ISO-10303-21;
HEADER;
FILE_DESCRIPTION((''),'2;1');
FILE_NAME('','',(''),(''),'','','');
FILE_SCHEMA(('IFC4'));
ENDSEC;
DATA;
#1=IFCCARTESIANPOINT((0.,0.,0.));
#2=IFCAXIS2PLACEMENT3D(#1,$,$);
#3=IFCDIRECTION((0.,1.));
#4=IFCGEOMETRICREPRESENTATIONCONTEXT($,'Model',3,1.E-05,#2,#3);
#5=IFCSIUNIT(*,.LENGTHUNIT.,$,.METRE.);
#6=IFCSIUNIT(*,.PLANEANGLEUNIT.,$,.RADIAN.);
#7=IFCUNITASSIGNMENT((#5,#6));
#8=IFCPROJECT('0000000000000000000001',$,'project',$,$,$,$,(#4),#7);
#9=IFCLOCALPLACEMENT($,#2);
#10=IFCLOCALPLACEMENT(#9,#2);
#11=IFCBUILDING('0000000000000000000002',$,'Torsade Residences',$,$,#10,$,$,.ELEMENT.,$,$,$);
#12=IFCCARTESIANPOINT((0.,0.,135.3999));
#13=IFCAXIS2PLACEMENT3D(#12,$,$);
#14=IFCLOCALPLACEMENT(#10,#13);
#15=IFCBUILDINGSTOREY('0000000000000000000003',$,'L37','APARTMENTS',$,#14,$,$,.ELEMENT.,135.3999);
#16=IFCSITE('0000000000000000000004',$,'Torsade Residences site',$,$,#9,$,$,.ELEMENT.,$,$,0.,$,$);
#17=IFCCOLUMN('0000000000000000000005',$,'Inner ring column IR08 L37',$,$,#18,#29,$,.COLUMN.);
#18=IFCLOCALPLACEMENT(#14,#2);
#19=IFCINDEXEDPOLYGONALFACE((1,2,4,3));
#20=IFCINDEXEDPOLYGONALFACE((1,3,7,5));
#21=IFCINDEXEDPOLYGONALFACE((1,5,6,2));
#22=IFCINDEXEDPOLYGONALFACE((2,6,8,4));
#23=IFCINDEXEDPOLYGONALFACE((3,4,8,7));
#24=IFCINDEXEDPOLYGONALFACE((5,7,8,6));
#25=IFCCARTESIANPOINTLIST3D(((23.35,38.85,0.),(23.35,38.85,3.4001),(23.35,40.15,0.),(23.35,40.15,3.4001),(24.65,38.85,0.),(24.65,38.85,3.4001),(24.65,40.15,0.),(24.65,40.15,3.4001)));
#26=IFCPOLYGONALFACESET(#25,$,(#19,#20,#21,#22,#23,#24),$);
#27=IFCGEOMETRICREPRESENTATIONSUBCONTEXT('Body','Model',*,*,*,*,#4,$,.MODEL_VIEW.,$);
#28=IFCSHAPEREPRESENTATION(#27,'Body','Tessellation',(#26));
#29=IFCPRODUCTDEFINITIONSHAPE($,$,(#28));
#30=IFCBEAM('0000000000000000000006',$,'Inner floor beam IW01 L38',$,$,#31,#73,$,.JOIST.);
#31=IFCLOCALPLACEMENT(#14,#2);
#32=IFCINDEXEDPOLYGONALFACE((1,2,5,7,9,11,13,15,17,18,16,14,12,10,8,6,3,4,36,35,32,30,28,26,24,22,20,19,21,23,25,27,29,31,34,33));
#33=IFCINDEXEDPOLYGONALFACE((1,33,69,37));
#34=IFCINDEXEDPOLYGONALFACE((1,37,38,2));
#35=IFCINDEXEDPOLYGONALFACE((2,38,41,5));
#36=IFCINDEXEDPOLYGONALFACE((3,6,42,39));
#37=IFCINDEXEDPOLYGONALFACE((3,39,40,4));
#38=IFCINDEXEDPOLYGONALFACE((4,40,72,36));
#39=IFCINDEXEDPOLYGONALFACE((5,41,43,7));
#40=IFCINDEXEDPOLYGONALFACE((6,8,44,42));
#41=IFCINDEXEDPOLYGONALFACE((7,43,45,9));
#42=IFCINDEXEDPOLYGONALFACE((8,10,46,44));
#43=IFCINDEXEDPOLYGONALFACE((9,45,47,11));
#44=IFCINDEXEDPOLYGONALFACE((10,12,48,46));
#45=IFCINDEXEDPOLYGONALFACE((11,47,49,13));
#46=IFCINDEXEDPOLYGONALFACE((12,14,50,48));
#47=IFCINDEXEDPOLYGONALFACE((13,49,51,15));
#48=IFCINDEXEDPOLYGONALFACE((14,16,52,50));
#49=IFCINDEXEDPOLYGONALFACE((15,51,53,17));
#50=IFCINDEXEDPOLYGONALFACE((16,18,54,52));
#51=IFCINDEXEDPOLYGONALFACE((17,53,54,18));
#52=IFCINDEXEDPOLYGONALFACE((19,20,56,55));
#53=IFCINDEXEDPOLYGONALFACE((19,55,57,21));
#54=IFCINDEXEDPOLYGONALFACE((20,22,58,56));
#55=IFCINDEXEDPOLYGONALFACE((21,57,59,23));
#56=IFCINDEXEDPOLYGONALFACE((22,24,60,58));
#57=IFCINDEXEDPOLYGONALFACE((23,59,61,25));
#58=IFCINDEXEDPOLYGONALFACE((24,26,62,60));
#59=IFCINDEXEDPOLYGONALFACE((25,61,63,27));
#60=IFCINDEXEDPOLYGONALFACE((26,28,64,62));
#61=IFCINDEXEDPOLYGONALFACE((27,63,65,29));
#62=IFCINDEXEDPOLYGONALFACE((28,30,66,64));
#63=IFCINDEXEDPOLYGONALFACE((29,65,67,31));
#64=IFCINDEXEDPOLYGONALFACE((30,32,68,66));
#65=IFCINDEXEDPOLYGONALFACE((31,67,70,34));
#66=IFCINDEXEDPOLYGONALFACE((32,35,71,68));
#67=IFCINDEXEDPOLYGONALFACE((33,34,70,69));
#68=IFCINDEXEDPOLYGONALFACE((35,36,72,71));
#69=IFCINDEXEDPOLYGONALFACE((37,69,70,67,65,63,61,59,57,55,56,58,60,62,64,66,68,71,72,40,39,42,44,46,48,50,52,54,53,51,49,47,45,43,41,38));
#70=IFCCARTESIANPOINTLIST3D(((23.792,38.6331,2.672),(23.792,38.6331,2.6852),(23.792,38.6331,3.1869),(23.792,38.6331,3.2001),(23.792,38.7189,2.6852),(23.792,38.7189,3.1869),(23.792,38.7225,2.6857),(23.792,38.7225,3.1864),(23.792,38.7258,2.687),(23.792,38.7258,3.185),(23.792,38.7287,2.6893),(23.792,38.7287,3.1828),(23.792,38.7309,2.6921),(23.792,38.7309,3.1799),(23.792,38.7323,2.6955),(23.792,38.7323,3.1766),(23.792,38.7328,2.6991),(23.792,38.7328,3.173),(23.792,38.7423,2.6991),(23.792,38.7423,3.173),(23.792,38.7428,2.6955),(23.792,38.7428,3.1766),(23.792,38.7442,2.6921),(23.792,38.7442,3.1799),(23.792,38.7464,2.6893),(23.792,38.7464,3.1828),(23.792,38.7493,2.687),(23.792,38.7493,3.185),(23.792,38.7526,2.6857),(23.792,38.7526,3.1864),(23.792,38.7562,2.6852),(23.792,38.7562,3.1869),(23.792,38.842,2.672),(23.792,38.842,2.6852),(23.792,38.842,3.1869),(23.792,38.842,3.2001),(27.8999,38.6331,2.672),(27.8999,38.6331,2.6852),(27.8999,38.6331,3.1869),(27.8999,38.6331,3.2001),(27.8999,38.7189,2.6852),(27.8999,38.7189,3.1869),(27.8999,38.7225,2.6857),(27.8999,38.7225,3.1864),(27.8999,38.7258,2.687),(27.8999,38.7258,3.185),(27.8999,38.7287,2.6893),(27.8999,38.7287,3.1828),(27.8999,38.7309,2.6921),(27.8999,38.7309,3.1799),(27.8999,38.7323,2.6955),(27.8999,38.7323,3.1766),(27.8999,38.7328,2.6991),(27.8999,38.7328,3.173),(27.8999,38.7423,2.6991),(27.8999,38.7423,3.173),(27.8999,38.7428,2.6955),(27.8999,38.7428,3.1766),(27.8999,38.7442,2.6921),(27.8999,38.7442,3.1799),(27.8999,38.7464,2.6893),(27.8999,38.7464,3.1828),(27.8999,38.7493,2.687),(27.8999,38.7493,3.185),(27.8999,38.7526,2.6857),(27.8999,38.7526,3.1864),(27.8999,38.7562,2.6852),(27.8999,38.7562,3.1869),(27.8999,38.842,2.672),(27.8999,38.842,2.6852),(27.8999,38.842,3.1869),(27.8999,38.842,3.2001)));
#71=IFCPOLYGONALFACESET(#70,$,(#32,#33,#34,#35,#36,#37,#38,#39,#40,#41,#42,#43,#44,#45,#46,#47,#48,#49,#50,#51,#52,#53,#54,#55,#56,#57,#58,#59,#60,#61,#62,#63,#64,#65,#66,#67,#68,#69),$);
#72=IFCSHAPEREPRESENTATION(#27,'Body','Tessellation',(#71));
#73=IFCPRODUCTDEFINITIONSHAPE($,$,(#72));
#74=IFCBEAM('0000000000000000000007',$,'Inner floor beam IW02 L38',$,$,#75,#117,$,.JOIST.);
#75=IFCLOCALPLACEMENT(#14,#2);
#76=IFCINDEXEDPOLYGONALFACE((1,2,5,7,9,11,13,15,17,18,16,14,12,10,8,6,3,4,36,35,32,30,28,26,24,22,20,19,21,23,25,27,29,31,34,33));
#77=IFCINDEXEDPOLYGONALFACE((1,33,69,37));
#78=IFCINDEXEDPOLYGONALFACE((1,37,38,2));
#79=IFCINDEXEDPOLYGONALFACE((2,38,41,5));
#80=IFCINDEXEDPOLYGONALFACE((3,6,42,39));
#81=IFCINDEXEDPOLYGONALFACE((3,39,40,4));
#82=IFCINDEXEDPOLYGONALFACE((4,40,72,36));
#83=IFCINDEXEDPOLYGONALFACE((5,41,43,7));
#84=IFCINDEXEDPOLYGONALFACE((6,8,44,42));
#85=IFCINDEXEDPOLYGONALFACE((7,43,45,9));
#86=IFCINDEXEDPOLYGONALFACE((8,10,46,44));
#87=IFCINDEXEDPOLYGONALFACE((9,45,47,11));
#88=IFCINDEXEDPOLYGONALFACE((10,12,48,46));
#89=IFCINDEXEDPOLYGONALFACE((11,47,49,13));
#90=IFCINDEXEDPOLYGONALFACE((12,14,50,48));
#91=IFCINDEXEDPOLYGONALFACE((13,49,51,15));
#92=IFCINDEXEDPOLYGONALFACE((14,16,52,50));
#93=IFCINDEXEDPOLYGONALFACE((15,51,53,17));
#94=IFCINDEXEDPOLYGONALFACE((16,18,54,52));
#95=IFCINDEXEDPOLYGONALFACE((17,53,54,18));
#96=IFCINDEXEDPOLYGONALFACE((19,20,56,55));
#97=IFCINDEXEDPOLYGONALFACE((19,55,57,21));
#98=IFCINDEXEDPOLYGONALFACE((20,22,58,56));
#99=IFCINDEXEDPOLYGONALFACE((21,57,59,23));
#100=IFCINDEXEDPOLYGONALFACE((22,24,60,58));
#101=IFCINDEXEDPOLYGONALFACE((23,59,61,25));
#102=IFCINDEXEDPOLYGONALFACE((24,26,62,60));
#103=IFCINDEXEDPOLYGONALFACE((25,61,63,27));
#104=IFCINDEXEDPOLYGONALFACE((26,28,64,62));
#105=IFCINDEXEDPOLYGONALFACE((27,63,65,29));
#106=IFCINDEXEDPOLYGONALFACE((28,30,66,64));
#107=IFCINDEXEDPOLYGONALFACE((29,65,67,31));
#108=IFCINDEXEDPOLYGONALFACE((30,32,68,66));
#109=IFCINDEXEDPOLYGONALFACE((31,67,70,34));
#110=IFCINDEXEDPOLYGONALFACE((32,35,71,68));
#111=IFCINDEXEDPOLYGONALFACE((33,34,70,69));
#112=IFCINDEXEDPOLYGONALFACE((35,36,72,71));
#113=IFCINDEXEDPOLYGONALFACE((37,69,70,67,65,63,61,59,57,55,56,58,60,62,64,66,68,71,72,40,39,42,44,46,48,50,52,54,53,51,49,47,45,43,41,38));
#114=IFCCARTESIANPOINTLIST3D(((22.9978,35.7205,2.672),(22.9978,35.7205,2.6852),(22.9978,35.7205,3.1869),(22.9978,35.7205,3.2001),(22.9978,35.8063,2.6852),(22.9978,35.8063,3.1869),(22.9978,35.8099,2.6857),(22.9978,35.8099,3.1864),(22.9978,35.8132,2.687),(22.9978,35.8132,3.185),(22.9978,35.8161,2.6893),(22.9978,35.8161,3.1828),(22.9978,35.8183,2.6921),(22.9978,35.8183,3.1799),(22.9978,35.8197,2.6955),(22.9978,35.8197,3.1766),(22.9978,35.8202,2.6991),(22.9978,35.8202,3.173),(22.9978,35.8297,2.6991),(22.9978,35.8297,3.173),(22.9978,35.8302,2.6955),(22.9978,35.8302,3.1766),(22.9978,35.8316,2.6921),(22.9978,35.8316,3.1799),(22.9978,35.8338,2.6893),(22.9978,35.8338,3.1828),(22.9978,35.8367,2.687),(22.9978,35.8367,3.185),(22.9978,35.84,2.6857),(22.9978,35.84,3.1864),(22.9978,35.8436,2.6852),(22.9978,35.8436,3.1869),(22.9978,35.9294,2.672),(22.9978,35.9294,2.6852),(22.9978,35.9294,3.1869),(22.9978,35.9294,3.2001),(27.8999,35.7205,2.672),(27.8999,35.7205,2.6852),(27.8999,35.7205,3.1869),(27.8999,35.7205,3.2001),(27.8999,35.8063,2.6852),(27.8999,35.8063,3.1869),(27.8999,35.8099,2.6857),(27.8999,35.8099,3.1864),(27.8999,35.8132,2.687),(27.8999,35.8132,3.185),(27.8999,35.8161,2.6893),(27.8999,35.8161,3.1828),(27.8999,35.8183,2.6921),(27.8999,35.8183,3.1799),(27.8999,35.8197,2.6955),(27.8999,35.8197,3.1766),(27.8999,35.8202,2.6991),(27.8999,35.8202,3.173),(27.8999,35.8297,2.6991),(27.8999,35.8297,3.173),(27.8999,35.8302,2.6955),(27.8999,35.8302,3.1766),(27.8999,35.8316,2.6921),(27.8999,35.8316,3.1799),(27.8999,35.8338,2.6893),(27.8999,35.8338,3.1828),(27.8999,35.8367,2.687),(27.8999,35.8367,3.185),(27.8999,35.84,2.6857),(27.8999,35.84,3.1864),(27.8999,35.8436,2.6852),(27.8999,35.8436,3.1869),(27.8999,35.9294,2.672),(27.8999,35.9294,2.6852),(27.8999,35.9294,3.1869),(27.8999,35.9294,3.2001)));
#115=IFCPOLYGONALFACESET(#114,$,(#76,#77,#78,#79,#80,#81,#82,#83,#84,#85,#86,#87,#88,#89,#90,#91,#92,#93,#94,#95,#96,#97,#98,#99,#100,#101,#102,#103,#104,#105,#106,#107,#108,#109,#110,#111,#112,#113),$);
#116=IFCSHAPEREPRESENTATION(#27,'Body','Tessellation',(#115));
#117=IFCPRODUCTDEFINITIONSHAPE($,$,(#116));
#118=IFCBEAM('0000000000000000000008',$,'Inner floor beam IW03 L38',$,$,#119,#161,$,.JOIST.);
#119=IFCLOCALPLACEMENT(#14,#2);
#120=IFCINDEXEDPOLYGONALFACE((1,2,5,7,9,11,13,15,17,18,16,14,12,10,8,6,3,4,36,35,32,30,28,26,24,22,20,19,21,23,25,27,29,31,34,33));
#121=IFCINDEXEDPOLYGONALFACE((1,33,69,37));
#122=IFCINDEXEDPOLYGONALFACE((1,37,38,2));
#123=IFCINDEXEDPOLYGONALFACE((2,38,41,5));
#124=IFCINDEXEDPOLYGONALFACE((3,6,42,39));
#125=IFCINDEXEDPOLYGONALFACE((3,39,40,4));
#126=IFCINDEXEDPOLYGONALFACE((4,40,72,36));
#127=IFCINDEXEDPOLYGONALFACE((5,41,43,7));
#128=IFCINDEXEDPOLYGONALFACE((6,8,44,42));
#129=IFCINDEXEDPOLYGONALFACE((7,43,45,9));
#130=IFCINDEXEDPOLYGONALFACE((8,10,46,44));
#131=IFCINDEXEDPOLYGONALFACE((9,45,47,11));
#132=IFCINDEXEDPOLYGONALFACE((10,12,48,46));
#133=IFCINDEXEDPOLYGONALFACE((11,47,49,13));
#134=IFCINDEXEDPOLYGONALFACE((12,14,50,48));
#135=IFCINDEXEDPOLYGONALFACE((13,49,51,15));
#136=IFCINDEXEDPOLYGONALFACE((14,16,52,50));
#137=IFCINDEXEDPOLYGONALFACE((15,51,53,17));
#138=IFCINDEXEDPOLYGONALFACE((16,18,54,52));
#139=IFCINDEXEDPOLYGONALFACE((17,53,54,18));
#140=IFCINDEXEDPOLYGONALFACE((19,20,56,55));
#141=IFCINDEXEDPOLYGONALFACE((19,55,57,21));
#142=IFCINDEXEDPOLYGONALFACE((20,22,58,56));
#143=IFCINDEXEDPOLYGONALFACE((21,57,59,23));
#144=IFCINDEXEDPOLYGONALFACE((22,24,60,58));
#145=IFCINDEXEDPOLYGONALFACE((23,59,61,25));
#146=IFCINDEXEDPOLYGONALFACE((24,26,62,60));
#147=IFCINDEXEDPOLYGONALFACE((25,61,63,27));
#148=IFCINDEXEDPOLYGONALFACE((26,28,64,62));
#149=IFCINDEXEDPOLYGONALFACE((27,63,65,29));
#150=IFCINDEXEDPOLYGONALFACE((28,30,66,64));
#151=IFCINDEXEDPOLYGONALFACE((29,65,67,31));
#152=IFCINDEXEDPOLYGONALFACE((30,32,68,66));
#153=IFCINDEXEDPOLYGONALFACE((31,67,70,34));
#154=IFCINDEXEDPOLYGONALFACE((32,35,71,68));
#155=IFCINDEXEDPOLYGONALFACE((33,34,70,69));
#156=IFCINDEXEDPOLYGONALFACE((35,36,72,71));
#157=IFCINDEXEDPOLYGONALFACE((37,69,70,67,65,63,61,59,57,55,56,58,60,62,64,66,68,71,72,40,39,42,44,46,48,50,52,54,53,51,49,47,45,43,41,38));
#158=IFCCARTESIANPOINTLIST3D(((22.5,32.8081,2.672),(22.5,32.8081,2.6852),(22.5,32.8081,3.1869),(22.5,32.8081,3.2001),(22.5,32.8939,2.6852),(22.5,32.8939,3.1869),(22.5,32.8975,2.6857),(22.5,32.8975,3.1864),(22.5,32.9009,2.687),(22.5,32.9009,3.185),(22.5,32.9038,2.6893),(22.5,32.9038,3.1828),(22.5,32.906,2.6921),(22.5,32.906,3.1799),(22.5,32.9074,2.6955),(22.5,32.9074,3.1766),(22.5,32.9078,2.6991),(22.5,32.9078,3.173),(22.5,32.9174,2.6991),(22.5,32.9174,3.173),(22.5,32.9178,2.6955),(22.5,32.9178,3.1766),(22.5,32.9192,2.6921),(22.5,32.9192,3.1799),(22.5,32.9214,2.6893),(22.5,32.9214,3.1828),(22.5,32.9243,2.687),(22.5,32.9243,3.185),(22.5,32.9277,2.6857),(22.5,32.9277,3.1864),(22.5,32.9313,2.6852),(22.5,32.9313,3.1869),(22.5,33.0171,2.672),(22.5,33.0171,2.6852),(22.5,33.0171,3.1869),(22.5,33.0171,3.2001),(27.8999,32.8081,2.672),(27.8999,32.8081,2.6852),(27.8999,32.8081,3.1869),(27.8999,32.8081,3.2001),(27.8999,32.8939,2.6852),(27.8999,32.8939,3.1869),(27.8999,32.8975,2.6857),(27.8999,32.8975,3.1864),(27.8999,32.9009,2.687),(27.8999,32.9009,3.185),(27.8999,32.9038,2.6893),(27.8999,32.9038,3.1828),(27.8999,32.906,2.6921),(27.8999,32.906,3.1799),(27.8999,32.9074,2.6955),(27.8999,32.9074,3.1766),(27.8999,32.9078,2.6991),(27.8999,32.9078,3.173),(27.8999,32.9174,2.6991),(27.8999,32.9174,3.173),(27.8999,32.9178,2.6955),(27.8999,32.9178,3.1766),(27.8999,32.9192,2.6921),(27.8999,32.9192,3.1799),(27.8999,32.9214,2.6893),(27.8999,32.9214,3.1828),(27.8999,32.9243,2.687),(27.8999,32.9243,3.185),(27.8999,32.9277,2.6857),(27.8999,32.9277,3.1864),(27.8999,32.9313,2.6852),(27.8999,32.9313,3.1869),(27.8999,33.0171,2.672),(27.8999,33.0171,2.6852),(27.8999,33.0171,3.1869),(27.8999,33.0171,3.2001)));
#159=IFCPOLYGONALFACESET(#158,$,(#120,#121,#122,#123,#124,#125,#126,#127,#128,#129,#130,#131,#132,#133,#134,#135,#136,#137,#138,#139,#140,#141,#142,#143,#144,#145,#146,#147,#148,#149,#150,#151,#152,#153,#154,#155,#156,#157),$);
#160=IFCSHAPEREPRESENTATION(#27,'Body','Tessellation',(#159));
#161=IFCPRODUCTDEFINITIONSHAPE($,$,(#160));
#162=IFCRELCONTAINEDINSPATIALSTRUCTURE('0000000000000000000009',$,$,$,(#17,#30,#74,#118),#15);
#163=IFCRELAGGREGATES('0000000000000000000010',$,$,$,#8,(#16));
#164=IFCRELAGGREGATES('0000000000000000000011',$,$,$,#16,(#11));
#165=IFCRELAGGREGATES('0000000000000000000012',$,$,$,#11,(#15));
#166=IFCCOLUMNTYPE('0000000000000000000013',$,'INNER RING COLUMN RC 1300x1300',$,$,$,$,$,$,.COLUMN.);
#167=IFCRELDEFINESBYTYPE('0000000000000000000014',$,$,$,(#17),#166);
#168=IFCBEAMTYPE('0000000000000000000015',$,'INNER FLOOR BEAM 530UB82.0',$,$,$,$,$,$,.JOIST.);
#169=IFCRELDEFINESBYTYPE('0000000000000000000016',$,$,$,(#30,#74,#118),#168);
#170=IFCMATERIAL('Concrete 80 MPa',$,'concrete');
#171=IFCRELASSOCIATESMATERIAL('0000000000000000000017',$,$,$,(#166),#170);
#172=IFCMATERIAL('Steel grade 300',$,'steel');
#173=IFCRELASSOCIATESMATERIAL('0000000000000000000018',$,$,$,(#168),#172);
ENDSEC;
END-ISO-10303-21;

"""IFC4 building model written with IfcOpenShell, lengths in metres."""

from ifc_helpers import new_model, si_unit, direction, frame, origin, origin_2d, place, context, subcontext, project, spatial, rectangle, i_section, extrude, material, material_profile, profile_set, type_object, element, save


model = new_model("IFC4")

# Units and contexts
model_context = context("Model", 3, precision=1e-05, world=origin(), true_north=direction((0.0, 1.0)))
body_context = subcontext(model_context, "Body", "Model", "MODEL_VIEW")
ifc_project = project(units=[si_unit("LENGTHUNIT", "METRE"), si_unit("PLANEANGLEUNIT", "RADIAN")], contexts=[model_context])

# Site, building, storey
site_placement = place(None, origin())
site = spatial("IfcSite", under=ifc_project, at=site_placement, Name="Torsade Residences site", CompositionType="ELEMENT", RefElevation=0.0)
building_placement = place(site_placement, origin())
building = spatial("IfcBuilding", under=site, at=building_placement, Name="Torsade Residences", CompositionType="ELEMENT")
storey_placement = place(building_placement, frame((0.0, 0.0, 135.3999)))
storey = spatial("IfcBuildingStorey", under=building, at=storey_placement, Name="L37", Description="APARTMENTS", CompositionType="ELEMENT", Elevation=135.3999)

# Column
ifc_material_1 = material(Name="Concrete 80 MPa", Category="concrete")
ifc_material_profile_1 = material_profile(ifc_material_1, rectangle(XDim=1.3, YDim=1.3, at=origin_2d()), Name="RC 1300x1300")
ifc_profile_set_1 = profile_set([ifc_material_profile_1], Name="Concrete 80 MPa")
column_type = type_object("IfcColumnType", Name="INNER RING COLUMN RC 1300x1300", PredefinedType="COLUMN", material=ifc_profile_set_1)
column_placement = place(storey_placement, frame((24.0, 39.5, 0.0), z_axis=(0.0, 0.0, 1.0), x_axis=(1.0, 0.0, 0.0)))
element("IfcColumn", 1, at=column_placement, inside=storey, type_object=column_type, Name="Inner ring column IR08 L37", PredefinedType="COLUMN", context=body_context, shape_type="SweptSolid", body=[
    extrude(rectangle(XDim=1.3, YDim=1.3, at=origin_2d()), origin(), (0.0, 0.0, 1.0), 3.4001),
])

# Beams
ifc_material_2 = material(Name="Steel grade 300", Category="steel")
ifc_material_profile_2 = material_profile(ifc_material_2, i_section(OverallWidth=0.209, OverallDepth=0.5281, WebThickness=0.0095, FlangeThickness=0.0132, FilletRadius=0.0139, at=origin_2d()), Name="530UB82.0")
ifc_profile_set_2 = profile_set([ifc_material_profile_2], Name="Steel grade 300")
beam_type = type_object("IfcBeamType", Name="INNER FLOOR BEAM 530UB82.0", PredefinedType="JOIST", material=ifc_profile_set_2)
beam_1_placement = place(storey_placement, frame((27.8999, 38.7375, 2.936), z_axis=(-1.0, 0.0, 0.0), x_axis=(0.0, -1.0, 0.0)))
element("IfcBeam", 2, at=beam_1_placement, inside=storey, type_object=beam_type, Name="Inner floor beam IW01 L38", PredefinedType="JOIST", context=body_context, shape_type="SweptSolid", body=[
    extrude(i_section(OverallWidth=0.209, OverallDepth=0.5281, WebThickness=0.0095, FlangeThickness=0.0132, FilletRadius=0.0139, at=origin_2d()), origin(), (0.0, 0.0, 1.0), 4.1079),
])
beam_2_placement = place(storey_placement, frame((27.8999, 35.825, 2.936), z_axis=(-1.0, 0.0, 0.0), x_axis=(0.0, -1.0, 0.0)))
element("IfcBeam", 3, at=beam_2_placement, inside=storey, type_object=beam_type, Name="Inner floor beam IW02 L38", PredefinedType="JOIST", context=body_context, shape_type="SweptSolid", body=[
    extrude(i_section(OverallWidth=0.209, OverallDepth=0.5281, WebThickness=0.0095, FlangeThickness=0.0132, FilletRadius=0.0139, at=origin_2d()), origin(), (0.0, 0.0, 1.0), 4.9021),
])
beam_3_placement = place(storey_placement, frame((27.8999, 32.9126, 2.936), z_axis=(-1.0, 0.0, 0.0), x_axis=(0.0, -1.0, 0.0)))
element("IfcBeam", 4, at=beam_3_placement, inside=storey, type_object=beam_type, Name="Inner floor beam IW03 L38", PredefinedType="JOIST", context=body_context, shape_type="SweptSolid", body=[
    extrude(i_section(OverallWidth=0.209, OverallDepth=0.5281, WebThickness=0.0095, FlangeThickness=0.0132, FilletRadius=0.0139, at=origin_2d()), origin(), (0.0, 0.0, 1.0), 5.3999),
])

save(model, "model.ifc")
